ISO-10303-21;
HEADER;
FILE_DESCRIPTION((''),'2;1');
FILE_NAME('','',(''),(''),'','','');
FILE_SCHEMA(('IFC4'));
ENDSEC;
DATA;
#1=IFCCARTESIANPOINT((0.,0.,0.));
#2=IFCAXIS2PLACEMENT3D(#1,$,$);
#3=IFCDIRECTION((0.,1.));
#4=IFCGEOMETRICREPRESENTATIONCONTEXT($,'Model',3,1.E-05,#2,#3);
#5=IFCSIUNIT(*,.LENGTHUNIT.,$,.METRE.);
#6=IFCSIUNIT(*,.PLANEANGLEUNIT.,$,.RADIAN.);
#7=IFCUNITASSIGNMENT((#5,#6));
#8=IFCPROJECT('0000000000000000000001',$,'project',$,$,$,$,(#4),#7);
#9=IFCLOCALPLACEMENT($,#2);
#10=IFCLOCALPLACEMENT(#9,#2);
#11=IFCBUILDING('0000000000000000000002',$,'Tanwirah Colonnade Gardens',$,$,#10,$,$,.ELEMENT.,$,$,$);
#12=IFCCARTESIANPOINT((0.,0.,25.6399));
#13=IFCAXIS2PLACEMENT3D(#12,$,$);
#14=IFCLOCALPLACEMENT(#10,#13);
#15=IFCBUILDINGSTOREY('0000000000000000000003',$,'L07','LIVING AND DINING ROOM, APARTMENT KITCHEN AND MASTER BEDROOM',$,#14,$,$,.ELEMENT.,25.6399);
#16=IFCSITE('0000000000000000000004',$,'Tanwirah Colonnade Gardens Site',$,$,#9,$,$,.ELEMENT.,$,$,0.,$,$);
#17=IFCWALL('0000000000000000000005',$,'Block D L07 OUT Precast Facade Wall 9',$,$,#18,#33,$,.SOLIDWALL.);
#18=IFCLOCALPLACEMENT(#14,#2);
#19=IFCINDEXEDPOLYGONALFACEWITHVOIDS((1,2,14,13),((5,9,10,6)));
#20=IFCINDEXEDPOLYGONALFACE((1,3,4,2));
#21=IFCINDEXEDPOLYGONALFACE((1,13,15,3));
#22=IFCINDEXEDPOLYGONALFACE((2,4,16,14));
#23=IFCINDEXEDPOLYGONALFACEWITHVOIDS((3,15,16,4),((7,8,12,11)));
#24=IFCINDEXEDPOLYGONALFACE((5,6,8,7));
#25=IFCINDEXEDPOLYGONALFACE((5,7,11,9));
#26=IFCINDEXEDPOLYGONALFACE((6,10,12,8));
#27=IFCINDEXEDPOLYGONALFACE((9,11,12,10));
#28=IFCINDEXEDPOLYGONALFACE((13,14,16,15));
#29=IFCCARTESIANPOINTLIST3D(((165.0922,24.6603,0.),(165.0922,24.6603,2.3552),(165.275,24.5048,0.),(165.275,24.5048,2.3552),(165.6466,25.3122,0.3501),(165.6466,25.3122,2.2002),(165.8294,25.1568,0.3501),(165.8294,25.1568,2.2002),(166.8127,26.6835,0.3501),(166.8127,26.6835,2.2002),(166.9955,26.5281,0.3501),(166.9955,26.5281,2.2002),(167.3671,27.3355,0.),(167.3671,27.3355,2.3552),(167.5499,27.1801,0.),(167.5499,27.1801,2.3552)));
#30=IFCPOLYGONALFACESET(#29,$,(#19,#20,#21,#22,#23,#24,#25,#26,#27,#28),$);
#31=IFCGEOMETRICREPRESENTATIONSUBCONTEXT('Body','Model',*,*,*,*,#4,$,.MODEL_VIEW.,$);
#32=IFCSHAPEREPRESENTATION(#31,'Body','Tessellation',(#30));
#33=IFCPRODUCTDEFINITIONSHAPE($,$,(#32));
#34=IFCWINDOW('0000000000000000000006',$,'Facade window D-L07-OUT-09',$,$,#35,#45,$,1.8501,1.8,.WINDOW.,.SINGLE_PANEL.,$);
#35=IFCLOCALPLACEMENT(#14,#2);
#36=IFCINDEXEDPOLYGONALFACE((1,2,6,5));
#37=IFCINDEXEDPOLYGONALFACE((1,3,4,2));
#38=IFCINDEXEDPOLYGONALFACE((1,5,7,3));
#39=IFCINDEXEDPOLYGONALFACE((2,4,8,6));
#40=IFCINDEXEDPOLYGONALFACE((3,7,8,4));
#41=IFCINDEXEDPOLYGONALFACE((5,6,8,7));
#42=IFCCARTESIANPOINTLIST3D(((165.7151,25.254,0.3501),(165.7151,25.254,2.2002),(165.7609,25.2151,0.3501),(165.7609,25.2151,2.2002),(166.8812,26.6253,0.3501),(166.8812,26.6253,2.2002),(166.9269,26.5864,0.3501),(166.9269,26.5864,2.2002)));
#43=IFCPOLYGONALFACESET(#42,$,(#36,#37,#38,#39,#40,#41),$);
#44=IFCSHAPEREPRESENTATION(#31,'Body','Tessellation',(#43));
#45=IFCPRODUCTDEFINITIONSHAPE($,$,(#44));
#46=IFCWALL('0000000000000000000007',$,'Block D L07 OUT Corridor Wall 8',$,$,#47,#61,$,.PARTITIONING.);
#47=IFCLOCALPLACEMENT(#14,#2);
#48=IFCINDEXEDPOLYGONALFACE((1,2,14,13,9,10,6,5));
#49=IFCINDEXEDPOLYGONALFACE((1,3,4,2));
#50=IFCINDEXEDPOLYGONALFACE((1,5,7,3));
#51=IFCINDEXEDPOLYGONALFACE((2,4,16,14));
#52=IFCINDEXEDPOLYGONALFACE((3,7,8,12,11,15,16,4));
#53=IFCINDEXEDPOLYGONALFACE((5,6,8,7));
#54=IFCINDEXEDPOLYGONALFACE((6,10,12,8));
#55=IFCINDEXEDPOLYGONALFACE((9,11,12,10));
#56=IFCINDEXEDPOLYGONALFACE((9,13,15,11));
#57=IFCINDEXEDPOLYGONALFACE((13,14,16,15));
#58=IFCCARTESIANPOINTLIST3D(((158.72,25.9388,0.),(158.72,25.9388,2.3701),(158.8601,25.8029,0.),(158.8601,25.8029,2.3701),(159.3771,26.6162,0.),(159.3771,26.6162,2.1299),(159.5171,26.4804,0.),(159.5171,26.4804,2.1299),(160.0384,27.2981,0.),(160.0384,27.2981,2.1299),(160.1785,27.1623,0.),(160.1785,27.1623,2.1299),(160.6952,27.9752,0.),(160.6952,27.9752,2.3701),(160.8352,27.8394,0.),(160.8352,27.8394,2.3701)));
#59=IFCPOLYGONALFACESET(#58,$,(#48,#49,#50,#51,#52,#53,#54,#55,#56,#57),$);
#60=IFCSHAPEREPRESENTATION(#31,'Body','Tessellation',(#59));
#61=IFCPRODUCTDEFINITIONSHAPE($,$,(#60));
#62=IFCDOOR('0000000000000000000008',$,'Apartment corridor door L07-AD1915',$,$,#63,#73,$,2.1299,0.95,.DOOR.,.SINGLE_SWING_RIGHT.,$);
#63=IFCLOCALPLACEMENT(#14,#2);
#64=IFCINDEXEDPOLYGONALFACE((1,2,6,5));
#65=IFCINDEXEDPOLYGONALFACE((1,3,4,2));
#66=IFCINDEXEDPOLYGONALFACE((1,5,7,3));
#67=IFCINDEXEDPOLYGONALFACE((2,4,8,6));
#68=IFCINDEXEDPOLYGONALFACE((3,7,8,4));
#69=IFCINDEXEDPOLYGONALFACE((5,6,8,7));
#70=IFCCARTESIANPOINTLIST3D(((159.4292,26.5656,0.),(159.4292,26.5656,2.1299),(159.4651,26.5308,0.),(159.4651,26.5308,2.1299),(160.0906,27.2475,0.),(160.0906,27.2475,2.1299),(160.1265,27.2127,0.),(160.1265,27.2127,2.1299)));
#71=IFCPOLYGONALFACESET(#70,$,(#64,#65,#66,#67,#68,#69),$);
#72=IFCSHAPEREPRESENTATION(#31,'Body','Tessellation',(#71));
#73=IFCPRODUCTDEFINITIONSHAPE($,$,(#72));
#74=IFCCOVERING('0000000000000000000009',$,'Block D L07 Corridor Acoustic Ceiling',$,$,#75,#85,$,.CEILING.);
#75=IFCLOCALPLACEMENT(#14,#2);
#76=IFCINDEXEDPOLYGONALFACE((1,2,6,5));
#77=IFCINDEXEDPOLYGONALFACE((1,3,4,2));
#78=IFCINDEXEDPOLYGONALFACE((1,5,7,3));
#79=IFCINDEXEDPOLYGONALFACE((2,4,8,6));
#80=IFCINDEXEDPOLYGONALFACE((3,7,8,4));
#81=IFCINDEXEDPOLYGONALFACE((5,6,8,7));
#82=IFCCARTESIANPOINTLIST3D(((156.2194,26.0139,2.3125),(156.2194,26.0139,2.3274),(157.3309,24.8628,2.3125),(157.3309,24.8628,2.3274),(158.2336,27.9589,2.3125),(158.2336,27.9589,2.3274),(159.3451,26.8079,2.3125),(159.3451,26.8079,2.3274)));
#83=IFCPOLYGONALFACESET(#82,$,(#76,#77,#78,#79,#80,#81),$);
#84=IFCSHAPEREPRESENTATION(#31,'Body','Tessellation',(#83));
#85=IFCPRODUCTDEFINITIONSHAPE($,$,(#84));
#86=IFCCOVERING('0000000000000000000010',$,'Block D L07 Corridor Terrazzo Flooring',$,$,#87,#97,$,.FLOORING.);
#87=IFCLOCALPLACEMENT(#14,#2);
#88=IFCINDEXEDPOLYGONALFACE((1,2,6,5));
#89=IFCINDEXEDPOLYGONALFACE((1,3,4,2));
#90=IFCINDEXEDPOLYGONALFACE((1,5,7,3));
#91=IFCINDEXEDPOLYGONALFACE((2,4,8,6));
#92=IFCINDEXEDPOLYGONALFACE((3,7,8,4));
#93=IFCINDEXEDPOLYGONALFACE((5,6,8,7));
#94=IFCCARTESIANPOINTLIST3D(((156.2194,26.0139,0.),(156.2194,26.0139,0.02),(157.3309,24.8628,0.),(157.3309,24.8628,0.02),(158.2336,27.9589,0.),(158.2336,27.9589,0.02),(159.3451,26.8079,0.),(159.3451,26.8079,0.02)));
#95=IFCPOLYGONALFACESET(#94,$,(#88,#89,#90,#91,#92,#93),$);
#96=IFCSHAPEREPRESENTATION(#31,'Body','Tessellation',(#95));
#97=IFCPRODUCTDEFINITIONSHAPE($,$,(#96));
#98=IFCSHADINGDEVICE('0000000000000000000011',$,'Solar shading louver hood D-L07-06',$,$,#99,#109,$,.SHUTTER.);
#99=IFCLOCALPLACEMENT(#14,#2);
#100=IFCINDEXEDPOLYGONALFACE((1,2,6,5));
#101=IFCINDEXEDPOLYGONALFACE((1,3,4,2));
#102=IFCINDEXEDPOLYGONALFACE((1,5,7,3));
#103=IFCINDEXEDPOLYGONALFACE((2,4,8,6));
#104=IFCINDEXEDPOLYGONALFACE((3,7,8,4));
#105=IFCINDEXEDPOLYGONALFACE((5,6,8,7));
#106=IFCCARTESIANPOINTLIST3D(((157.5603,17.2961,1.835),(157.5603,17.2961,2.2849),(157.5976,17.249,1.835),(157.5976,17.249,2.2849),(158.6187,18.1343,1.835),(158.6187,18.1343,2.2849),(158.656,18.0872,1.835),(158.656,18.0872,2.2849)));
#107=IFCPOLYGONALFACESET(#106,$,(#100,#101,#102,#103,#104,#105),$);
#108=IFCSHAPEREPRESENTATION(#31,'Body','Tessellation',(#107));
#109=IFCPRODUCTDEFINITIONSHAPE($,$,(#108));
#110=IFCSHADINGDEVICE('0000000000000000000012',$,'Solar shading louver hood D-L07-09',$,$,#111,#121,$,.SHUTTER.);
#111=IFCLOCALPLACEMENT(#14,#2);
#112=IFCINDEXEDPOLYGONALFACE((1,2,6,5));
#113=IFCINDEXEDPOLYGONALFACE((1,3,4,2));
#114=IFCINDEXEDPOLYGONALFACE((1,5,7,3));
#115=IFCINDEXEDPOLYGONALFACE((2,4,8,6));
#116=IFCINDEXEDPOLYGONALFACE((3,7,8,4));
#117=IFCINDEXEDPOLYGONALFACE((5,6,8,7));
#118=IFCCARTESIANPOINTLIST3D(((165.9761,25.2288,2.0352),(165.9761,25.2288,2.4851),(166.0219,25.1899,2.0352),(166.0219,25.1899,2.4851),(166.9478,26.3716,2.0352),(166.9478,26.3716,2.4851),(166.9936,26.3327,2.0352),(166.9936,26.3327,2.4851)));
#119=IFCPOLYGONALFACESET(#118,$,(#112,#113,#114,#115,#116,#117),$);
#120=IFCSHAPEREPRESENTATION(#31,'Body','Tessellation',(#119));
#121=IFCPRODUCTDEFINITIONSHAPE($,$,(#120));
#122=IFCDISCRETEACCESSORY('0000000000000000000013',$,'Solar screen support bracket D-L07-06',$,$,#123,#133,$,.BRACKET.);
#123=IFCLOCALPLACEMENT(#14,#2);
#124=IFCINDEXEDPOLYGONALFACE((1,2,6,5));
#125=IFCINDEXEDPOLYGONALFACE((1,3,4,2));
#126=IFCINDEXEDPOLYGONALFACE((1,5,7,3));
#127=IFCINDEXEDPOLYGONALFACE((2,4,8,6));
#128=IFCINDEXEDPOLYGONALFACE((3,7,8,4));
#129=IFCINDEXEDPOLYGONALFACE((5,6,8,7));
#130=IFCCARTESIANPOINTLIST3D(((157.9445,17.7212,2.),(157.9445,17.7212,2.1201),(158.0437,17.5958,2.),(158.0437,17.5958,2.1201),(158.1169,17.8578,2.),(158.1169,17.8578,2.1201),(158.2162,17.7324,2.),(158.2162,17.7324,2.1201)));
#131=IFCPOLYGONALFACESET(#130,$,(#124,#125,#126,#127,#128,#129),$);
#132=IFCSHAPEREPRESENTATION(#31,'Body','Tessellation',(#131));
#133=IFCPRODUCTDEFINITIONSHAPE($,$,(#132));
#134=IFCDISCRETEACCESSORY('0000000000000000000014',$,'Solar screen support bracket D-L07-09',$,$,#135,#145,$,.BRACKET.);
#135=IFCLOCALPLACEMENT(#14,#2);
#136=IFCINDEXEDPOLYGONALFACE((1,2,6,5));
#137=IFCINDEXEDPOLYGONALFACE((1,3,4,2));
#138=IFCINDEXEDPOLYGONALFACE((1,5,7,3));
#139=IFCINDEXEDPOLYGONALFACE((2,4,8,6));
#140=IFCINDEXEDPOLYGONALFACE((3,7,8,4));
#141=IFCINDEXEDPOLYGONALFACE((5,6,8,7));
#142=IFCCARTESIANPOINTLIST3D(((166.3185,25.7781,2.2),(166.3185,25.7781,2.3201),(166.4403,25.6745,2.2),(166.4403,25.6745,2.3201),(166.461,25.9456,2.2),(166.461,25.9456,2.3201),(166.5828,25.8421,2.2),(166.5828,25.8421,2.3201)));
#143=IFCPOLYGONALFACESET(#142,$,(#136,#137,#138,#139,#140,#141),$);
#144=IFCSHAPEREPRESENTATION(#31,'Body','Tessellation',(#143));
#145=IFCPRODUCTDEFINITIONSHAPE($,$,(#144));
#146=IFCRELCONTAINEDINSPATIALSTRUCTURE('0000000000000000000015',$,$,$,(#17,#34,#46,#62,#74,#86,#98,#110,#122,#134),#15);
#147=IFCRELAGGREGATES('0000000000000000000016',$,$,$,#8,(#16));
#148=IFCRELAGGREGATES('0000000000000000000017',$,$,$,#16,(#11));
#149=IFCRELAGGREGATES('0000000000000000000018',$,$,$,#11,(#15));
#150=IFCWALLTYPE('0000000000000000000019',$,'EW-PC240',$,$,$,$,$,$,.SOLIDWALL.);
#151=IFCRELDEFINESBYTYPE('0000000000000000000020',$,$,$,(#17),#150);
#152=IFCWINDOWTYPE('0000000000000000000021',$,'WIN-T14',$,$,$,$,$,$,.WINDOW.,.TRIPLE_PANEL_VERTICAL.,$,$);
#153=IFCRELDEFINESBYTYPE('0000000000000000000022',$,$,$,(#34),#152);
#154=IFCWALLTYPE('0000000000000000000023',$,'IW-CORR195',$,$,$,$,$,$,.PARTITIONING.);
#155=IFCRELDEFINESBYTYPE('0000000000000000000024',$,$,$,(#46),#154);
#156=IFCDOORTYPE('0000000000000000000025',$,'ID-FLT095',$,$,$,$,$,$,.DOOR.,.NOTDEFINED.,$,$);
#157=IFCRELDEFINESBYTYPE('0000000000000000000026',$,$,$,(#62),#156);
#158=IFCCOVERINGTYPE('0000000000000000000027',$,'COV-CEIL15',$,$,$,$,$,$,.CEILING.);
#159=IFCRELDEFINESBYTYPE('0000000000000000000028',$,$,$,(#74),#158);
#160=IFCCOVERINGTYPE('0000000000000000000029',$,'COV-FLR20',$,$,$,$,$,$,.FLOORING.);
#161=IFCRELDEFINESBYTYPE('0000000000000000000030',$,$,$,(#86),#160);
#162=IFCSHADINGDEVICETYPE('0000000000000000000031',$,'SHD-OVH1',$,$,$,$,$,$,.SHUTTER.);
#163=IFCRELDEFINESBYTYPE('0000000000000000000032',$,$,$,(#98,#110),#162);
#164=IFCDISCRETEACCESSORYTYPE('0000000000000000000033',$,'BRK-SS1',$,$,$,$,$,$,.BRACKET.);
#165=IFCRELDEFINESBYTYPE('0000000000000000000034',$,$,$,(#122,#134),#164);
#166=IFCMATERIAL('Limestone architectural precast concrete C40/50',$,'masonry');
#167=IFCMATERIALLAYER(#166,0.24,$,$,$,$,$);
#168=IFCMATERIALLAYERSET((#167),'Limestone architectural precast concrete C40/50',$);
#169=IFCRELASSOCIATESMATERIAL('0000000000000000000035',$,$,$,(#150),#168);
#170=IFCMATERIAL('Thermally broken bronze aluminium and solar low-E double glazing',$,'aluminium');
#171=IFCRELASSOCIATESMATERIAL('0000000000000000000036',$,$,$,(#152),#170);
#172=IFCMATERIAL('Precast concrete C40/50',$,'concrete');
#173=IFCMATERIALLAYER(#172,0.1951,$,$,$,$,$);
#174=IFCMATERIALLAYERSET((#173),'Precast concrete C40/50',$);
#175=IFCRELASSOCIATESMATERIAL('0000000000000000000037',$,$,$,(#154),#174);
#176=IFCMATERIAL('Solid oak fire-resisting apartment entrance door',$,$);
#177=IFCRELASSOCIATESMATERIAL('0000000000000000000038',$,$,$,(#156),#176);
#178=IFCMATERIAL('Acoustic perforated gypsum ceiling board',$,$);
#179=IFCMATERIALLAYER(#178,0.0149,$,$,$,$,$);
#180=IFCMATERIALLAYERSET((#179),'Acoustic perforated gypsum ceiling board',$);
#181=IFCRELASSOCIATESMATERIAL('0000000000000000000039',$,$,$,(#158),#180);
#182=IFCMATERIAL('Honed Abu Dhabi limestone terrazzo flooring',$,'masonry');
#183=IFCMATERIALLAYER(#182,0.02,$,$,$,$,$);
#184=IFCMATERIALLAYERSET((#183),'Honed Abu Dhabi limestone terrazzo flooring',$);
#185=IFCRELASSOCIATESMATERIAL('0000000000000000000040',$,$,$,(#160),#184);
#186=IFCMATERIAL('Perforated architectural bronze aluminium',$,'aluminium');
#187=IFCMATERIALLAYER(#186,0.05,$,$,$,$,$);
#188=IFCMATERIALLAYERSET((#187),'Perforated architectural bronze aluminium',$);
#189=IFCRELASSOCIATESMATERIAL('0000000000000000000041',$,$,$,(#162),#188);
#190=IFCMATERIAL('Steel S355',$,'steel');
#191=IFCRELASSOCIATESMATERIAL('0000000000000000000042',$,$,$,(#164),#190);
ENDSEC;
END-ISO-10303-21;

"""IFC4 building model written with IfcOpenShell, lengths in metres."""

from ifc_helpers import new_model, si_unit, direction, frame, frame_2d, origin, origin_2d, place, context, subcontext, project, spatial, rectangle, extrude, material, layer, layer_set, type_object, element, fill, save


model = new_model("IFC4")

# Units and contexts
model_context = context("Model", 3, precision=1e-05, world=origin(), true_north=direction((0.0, 1.0)))
body_context = subcontext(model_context, "Body", "Model", "MODEL_VIEW")
ifc_project = project(units=[si_unit("LENGTHUNIT", "METRE"), si_unit("PLANEANGLEUNIT", "RADIAN")], contexts=[model_context])

# Site, building, storey
site_placement = place(None, origin())
site = spatial("IfcSite", under=ifc_project, at=site_placement, Name="Tanwirah Colonnade Gardens Site", CompositionType="ELEMENT", RefElevation=0.0)
building_placement = place(site_placement, origin())
building = spatial("IfcBuilding", under=site, at=building_placement, Name="Tanwirah Colonnade Gardens", CompositionType="ELEMENT")
storey_placement = place(building_placement, frame((0.0, 0.0, 25.6399)))
storey = spatial("IfcBuildingStorey", under=building, at=storey_placement, Name="L07", Description="LIVING AND DINING ROOM, APARTMENT KITCHEN AND MASTER BEDROOM", CompositionType="ELEMENT", Elevation=25.6399)

# Shared definitions
ifc_material_1 = material(Name="Precast concrete C40/50", Category="concrete")

# Shared definitions
ifc_material_2 = material(Name="Limestone architectural precast concrete C40/50", Category="masonry")
ifc_layer_1 = layer(ifc_material_2, 0.24)
ifc_layer_set_1 = layer_set([ifc_layer_1], Name="Limestone architectural precast concrete C40/50")
wall_type_1 = type_object("IfcWallType", Name="EW-PC240", PredefinedType="SOLIDWALL", material=ifc_layer_set_1)
ifc_material_3 = material(Name="Thermally broken bronze aluminium and solar low-E double glazing", Category="aluminium")

# Wall, opening, window
wall_1_placement = place(storey_placement, frame((165.1836, 24.5825, 0.0), z_axis=(0.0, 0.0, 1.0), x_axis=(0.647798, 0.761812, 0.0)))
wall_1 = element("IfcWall", 1, at=wall_1_placement, inside=storey, type_object=wall_type_1, Name="Block D L07 OUT Precast Facade Wall 9", PredefinedType="SOLIDWALL", context=body_context, shape_type="SweptSolid", body=[
    extrude(rectangle(XDim=3.5117, YDim=0.24, at=frame_2d((1.7559, 0.0))), origin(), (0.0, 0.0, 1.0), 2.3552),
])
opening_1_placement = place(wall_1_placement, frame((0.856, 0.0, 0.3501)))
opening_1 = element("IfcOpeningElement", 2, at=opening_1_placement, cuts=wall_1, PredefinedType="OPENING", context=body_context, shape_type="SweptSolid", body=[
    extrude(rectangle(XDim=1.8, YDim=1.8501, at=frame_2d((0.8999, 0.925))), frame((0.0, 0.1299, 0.0), z_axis=(0.0, -1.0, 0.0), x_axis=(1.0, 0.0, 0.0)), (0.0, 0.0, 1.0), 0.26),
])
window_type_1 = type_object("IfcWindowType", Name="WIN-T14", PartitioningType="TRIPLE_PANEL_VERTICAL", PredefinedType="WINDOW", material=ifc_material_3)
window_1_placement = place(opening_1_placement, origin())
window_1 = element("IfcWindow", 3, at=window_1_placement, inside=storey, type_object=window_type_1, Name="Facade window D-L07-OUT-09", OverallHeight=1.8501, OverallWidth=1.8, PartitioningType="SINGLE_PANEL", PredefinedType="WINDOW", context=body_context, shape_type="SweptSolid", body=[
    extrude(rectangle(XDim=1.8, YDim=1.8501, at=frame_2d((0.8999, 0.925))), frame((0.0, 0.03, 0.0), z_axis=(0.0, -1.0, 0.0), x_axis=(1.0, 0.0, 0.0)), (0.0, 0.0, 1.0), 0.0601),
])
fill(opening_1, window_1)

# Wall, opening, door
ifc_layer_2 = layer(ifc_material_1, 0.1951)
ifc_layer_set_2 = layer_set([ifc_layer_2], Name="Precast concrete C40/50")
wall_type_2 = type_object("IfcWallType", Name="IW-CORR195", PredefinedType="PARTITIONING", material=ifc_layer_set_2)
wall_2_placement = place(storey_placement, frame((158.79, 25.8708, 0.0), z_axis=(0.0, 0.0, 1.0), x_axis=(0.696224, 0.717825, 0.0)))
wall_2 = element("IfcWall", 4, at=wall_2_placement, inside=storey, type_object=wall_type_2, Name="Block D L07 OUT Corridor Wall 8", PredefinedType="PARTITIONING", context=body_context, shape_type="SweptSolid", body=[
    extrude(rectangle(XDim=2.8369, YDim=0.1951, at=frame_2d((1.4185, 0.0))), origin(), (0.0, 0.0, 1.0), 2.3701),
])
opening_2_placement = place(wall_2_placement, frame((0.9436, 0.0, 0.0)))
opening_2 = element("IfcOpeningElement", 5, at=opening_2_placement, cuts=wall_2, PredefinedType="OPENING", context=body_context, shape_type="SweptSolid", body=[
    extrude(rectangle(XDim=0.95, YDim=2.1299, at=frame_2d((0.4751, 1.0649))), frame((0.0, 0.1074, 0.0), z_axis=(0.0, -1.0, 0.0), x_axis=(1.0, 0.0, 0.0)), (0.0, 0.0, 1.0), 0.2151),
])
ifc_material_4 = material(Name="Solid oak fire-resisting apartment entrance door")
door_type_1 = type_object("IfcDoorType", Name="ID-FLT095", OperationType="NOTDEFINED", PredefinedType="DOOR", material=ifc_material_4)
door_1_placement = place(opening_2_placement, origin())
door_1 = element("IfcDoor", 6, at=door_1_placement, inside=storey, type_object=door_type_1, Name="Apartment corridor door L07-AD1915", OperationType="SINGLE_SWING_RIGHT", OverallHeight=2.1299, OverallWidth=0.95, PredefinedType="DOOR", context=body_context, shape_type="SweptSolid", body=[
    extrude(rectangle(XDim=0.95, YDim=2.1299, at=frame_2d((0.4751, 1.0649))), frame((0.0, 0.0249, 0.0), z_axis=(0.0, -1.0, 0.0), x_axis=(1.0, 0.0, 0.0)), (0.0, 0.0, 1.0), 0.05),
])
fill(opening_2, door_1)

# Coverings
ifc_material_5 = material(Name="Acoustic perforated gypsum ceiling board")
ifc_layer_3 = layer(ifc_material_5, 0.0149)
ifc_layer_set_3 = layer_set([ifc_layer_3], Name="Acoustic perforated gypsum ceiling board")
covering_type_1 = type_object("IfcCoveringType", Name="COV-CEIL15", PredefinedType="CEILING", material=ifc_layer_set_3)
covering_1_placement = place(storey_placement, frame((157.7822, 26.4109, 2.3125), z_axis=(0.0, 0.0, 1.0), x_axis=(0.71934, 0.694658, 0.0)))
element("IfcCovering", 7, at=covering_1_placement, inside=storey, type_object=covering_type_1, Name="Block D L07 Corridor Acoustic Ceiling", PredefinedType="CEILING", context=body_context, shape_type="SweptSolid", body=[
    extrude(rectangle(XDim=2.8, YDim=1.6001, at=origin_2d()), origin(), (0.0, 0.0, 1.0), 0.0149),
])
ifc_material_6 = material(Name="Honed Abu Dhabi limestone terrazzo flooring", Category="masonry")
ifc_layer_4 = layer(ifc_material_6, 0.02)
ifc_layer_set_4 = layer_set([ifc_layer_4], Name="Honed Abu Dhabi limestone terrazzo flooring")
covering_type_2 = type_object("IfcCoveringType", Name="COV-FLR20", PredefinedType="FLOORING", material=ifc_layer_set_4)
covering_2_placement = place(storey_placement, frame((157.7822, 26.4109, 0.0), z_axis=(0.0, 0.0, 1.0), x_axis=(0.71934, 0.694658, 0.0)))
element("IfcCovering", 8, at=covering_2_placement, inside=storey, type_object=covering_type_2, Name="Block D L07 Corridor Terrazzo Flooring", PredefinedType="FLOORING", context=body_context, shape_type="SweptSolid", body=[
    extrude(rectangle(XDim=2.8, YDim=1.6001, at=origin_2d()), origin(), (0.0, 0.0, 1.0), 0.02),
])

# Shading devices
ifc_material_7 = material(Name="Perforated architectural bronze aluminium", Category="aluminium")
ifc_layer_5 = layer(ifc_material_7, 0.05)
ifc_layer_set_5 = layer_set([ifc_layer_5], Name="Perforated architectural bronze aluminium")
shading_device_type = type_object("IfcShadingDeviceType", Name="SHD-OVH1", PredefinedType="SHUTTER", material=ifc_layer_set_5)
shading_device_1_placement = place(storey_placement, frame((158.1082, 17.6917, 1.835), z_axis=(0.0, 0.0, 1.0), x_axis=(0.783965, 0.620805, 0.0)))
element("IfcShadingDevice", 9, at=shading_device_1_placement, inside=storey, type_object=shading_device_type, Name="Solar shading louver hood D-L07-06", PredefinedType="SHUTTER", context=body_context, shape_type="SweptSolid", body=[
    extrude(rectangle(XDim=1.3501, YDim=0.0601, at=origin_2d()), origin(), (0.0, 0.0, 1.0), 0.45),
])
shading_device_2_placement = place(storey_placement, frame((166.4849, 25.7808, 2.0352), z_axis=(0.0, 0.0, 1.0), x_axis=(0.647787, 0.761821, 0.0)))
element("IfcShadingDevice", 10, at=shading_device_2_placement, inside=storey, type_object=shading_device_type, Name="Solar shading louver hood D-L07-09", PredefinedType="SHUTTER", context=body_context, shape_type="SweptSolid", body=[
    extrude(rectangle(XDim=1.5, YDim=0.0601, at=origin_2d()), origin(), (0.0, 0.0, 1.0), 0.45),
])

# Discrete accessories
ifc_material_8 = material(Name="Steel S355", Category="steel")
discrete_accessory_type = type_object("IfcDiscreteAccessoryType", Name="BRK-SS1", PredefinedType="BRACKET", material=ifc_material_8)
for number, where, z_axis, x_axis, name in (
    (11, (158.0803, 17.7268, 2.0), (0.0, 0.0, 1.0), (0.783965, 0.620805, 0.0), "Solar screen support bracket D-L07-06"),
    (12, (166.4507, 25.8101, 2.2), (0.0, 0.0, 1.0), (0.647787, 0.761821, 0.0), "Solar screen support bracket D-L07-09"),
):
    element("IfcDiscreteAccessory", number, at=place(storey_placement, frame(where, z_axis=z_axis, x_axis=x_axis)), inside=storey, type_object=discrete_accessory_type, Name=name, PredefinedType="BRACKET", context=body_context, shape_type="SweptSolid", body=[
        extrude(rectangle(XDim=0.22, YDim=0.1599, at=origin_2d()), origin(), (0.0, 0.0, 1.0), 0.1201),
    ])

save(model, "model.ifc")
